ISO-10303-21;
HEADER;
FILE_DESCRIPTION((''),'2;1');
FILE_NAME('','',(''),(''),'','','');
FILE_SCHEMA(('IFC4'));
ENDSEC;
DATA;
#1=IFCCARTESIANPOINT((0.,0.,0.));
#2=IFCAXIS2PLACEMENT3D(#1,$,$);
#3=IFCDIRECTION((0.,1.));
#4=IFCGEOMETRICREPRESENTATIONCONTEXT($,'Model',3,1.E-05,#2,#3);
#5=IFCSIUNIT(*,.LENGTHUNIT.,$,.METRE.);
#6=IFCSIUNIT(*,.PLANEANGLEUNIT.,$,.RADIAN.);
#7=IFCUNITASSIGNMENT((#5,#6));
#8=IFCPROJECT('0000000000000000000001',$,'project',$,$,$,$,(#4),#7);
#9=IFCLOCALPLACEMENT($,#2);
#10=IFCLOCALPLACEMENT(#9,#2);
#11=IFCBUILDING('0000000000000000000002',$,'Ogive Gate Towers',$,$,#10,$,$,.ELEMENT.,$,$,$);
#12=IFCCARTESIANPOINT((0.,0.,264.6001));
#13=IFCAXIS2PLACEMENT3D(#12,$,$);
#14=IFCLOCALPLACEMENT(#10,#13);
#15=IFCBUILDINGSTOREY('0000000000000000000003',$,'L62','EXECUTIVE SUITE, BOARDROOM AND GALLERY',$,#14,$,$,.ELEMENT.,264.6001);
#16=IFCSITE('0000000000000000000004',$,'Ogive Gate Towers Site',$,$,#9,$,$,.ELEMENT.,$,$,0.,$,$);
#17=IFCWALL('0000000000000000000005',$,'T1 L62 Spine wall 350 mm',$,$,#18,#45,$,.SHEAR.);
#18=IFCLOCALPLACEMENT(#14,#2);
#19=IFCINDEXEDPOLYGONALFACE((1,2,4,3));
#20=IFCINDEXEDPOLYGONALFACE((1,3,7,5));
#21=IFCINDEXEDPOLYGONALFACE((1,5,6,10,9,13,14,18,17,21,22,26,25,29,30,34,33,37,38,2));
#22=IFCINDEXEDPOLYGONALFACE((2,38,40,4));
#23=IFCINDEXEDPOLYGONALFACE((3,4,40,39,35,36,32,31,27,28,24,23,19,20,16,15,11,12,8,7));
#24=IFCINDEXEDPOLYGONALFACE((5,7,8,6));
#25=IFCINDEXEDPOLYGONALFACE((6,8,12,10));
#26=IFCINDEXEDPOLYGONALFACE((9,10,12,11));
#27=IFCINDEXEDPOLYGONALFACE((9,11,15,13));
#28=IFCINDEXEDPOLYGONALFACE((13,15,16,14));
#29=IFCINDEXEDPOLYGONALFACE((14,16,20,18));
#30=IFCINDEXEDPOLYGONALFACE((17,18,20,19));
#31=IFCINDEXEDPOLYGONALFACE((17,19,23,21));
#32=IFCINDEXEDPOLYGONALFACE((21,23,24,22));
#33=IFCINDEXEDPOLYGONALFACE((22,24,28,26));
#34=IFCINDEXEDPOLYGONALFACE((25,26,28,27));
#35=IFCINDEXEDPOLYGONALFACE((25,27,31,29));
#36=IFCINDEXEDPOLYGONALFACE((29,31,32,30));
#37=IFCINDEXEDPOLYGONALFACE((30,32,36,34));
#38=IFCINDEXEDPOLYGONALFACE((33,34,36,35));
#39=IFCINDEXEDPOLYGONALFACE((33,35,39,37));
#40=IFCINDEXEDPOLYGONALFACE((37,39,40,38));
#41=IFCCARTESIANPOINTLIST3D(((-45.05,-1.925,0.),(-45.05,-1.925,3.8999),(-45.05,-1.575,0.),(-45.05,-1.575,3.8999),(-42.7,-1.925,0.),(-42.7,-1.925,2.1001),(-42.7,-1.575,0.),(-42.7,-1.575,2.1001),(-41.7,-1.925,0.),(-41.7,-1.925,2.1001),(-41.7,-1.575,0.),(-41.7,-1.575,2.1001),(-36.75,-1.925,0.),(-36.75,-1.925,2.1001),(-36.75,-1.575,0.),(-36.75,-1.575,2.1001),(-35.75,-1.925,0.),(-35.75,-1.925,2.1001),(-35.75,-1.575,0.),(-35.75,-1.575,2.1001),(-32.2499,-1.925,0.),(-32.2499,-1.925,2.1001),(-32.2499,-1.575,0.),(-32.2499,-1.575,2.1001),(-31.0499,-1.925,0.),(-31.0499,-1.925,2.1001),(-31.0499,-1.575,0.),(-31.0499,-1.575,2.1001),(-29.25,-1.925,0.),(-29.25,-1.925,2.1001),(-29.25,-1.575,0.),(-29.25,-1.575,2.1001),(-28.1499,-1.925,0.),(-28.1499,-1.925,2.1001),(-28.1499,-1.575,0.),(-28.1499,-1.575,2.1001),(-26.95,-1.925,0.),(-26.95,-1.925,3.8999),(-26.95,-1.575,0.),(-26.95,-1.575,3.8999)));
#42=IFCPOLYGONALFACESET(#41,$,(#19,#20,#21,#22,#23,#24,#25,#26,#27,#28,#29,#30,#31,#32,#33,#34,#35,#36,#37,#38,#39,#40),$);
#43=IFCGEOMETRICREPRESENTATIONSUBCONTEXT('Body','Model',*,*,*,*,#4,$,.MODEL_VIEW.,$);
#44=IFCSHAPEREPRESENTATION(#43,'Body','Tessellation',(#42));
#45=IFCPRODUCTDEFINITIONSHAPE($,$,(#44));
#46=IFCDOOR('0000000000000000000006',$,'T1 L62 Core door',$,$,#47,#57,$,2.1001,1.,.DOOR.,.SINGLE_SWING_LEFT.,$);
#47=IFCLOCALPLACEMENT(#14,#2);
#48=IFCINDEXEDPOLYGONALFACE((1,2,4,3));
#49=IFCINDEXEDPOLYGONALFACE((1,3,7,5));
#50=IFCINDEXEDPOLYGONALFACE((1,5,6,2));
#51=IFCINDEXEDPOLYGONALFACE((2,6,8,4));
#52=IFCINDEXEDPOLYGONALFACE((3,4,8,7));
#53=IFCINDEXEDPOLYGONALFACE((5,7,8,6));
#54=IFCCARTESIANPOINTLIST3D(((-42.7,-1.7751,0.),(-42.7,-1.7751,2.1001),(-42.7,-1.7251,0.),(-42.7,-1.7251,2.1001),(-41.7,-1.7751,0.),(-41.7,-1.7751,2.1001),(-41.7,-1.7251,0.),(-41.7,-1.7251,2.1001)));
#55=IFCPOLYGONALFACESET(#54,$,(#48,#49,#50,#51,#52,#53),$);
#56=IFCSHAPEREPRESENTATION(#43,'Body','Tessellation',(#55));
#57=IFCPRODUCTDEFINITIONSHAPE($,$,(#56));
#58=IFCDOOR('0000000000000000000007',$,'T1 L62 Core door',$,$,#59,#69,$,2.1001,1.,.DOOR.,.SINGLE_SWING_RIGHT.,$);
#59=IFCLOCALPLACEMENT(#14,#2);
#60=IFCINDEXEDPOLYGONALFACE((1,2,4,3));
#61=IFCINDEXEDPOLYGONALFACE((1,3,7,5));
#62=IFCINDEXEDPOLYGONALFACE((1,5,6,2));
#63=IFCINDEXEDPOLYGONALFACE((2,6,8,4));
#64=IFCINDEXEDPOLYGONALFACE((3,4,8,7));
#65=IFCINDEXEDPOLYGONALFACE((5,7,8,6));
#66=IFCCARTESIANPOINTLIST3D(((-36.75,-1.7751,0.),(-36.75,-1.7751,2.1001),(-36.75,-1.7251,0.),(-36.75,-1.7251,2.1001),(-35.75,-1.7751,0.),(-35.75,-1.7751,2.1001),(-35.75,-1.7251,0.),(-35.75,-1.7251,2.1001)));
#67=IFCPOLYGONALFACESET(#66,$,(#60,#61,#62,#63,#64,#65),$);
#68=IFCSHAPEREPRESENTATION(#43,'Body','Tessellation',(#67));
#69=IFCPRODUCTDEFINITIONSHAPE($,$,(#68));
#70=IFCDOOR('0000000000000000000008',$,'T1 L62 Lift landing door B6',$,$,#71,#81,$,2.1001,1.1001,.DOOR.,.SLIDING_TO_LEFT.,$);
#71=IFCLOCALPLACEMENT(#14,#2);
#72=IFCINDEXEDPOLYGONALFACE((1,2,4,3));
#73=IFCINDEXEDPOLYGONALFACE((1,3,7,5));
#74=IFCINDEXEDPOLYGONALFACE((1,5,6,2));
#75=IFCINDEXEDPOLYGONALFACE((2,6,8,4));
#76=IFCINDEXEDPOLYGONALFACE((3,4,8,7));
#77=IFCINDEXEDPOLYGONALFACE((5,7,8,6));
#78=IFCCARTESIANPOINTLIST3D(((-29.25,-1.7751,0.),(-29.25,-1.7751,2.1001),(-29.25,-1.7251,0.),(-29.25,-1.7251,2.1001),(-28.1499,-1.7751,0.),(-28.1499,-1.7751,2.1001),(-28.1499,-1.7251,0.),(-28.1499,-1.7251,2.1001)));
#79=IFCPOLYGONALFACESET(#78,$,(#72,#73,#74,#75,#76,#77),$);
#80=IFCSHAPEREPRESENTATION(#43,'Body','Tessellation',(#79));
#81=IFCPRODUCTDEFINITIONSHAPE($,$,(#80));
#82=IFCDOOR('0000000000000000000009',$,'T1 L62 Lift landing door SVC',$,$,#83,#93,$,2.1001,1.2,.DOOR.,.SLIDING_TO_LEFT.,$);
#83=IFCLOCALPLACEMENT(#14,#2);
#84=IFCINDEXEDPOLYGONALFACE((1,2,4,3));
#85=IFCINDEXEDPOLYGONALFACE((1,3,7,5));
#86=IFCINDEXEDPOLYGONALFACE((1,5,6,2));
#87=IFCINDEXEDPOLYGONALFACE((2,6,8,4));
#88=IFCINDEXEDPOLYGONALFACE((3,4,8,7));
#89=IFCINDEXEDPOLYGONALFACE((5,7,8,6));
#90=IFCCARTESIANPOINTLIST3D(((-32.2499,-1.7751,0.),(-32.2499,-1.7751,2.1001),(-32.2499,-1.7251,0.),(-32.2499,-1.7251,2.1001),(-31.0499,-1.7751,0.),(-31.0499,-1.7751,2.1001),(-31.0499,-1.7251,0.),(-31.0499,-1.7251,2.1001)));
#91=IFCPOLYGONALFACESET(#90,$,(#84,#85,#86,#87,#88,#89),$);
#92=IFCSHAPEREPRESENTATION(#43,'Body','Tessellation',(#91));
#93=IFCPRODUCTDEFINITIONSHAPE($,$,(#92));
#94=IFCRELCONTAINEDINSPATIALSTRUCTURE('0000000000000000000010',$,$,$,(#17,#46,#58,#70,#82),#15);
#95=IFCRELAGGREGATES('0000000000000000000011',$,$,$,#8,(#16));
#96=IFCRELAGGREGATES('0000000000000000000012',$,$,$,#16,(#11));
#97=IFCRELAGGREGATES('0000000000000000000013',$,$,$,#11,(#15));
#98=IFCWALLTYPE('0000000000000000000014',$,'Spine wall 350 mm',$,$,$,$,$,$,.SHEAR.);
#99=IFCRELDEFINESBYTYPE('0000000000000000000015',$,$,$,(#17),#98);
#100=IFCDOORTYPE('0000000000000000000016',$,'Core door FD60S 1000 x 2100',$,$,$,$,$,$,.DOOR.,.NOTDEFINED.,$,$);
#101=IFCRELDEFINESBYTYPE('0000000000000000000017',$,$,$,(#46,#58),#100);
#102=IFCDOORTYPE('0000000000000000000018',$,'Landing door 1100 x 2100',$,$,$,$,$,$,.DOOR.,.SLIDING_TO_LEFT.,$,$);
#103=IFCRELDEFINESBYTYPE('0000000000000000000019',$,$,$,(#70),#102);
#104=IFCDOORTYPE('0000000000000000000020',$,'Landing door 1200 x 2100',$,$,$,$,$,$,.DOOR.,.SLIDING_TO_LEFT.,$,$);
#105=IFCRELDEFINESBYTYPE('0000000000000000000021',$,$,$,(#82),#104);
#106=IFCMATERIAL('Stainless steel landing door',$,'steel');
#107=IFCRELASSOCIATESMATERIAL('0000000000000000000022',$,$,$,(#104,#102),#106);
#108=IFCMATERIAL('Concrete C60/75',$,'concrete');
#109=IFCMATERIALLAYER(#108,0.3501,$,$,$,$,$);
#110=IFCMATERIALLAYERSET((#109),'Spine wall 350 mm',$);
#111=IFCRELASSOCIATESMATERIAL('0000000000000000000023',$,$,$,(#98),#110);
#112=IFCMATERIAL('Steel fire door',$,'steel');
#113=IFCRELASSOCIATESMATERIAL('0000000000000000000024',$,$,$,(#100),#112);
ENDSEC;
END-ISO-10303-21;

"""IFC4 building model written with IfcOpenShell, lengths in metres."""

from ifc_helpers import new_model, si_unit, direction, frame, frame_2d, origin, place, context, subcontext, project, spatial, rectangle, extrude, material, layer, layer_set, type_object, element, fill, save


model = new_model("IFC4")

# Units and contexts
model_context = context("Model", 3, precision=1e-05, world=origin(), true_north=direction((0.0, 1.0)))
body_context = subcontext(model_context, "Body", "Model", "MODEL_VIEW")
ifc_project = project(units=[si_unit("LENGTHUNIT", "METRE"), si_unit("PLANEANGLEUNIT", "RADIAN")], contexts=[model_context])

# Site, building, storey
site_placement = place(None, origin())
site = spatial("IfcSite", under=ifc_project, at=site_placement, Name="Ogive Gate Towers Site", CompositionType="ELEMENT", RefElevation=0.0)
building_placement = place(site_placement, origin())
building = spatial("IfcBuilding", under=site, at=building_placement, Name="Ogive Gate Towers", CompositionType="ELEMENT")
storey_placement = place(building_placement, frame((0.0, 0.0, 264.6001)))
storey = spatial("IfcBuildingStorey", under=building, at=storey_placement, Name="L62", Description="EXECUTIVE SUITE, BOARDROOM AND GALLERY", CompositionType="ELEMENT", Elevation=264.6001)

# Shared definitions
ifc_material_1 = material(Name="Concrete C60/75", Category="concrete")

# Shared definitions
ifc_material_2 = material(Name="Stainless steel landing door", Category="steel")
door_type_1 = type_object("IfcDoorType", Name="Landing door 1200 x 2100", OperationType="SLIDING_TO_LEFT", PredefinedType="DOOR", material=ifc_material_2)

# Wall, openings, doors
ifc_layer_1 = layer(ifc_material_1, 0.3501)
ifc_layer_set_1 = layer_set([ifc_layer_1], Name="Spine wall 350 mm")
wall_type_1 = type_object("IfcWallType", Name="Spine wall 350 mm", PredefinedType="SHEAR", material=ifc_layer_set_1)
wall_1_placement = place(storey_placement, frame((-45.05, -1.75, 0.0), z_axis=(0.0, 0.0, 1.0), x_axis=(1.0, 0.0, 0.0)))
wall_1 = element("IfcWall", 1, at=wall_1_placement, inside=storey, type_object=wall_type_1, Name="T1 L62 Spine wall 350 mm", PredefinedType="SHEAR", context=body_context, shape_type="SweptSolid", body=[
    extrude(rectangle(XDim=18.1001, YDim=0.3501, at=frame_2d((9.05, 0.0))), origin(), (0.0, 0.0, 1.0), 3.8999),
])
opening_1_placement = place(wall_1_placement, frame((12.8, 0.0, 0.0)))
opening_1 = element("IfcOpeningElement", 2, at=opening_1_placement, cuts=wall_1, PredefinedType="OPENING", context=body_context, shape_type="SweptSolid", body=[
    extrude(rectangle(XDim=1.2, YDim=2.1001, at=frame_2d((0.6001, 1.05))), frame((0.0, 0.1851, 0.0), z_axis=(0.0, -1.0, 0.0), x_axis=(1.0, 0.0, 0.0)), (0.0, 0.0, 1.0), 0.3701),
])
opening_2_placement = place(wall_1_placement, frame((15.8, 0.0, 0.0)))
opening_2 = element("IfcOpeningElement", 3, at=opening_2_placement, cuts=wall_1, PredefinedType="OPENING", context=body_context, shape_type="SweptSolid", body=[
    extrude(rectangle(XDim=1.1001, YDim=2.1001, at=frame_2d((0.55, 1.05))), frame((0.0, 0.1851, 0.0), z_axis=(0.0, -1.0, 0.0), x_axis=(1.0, 0.0, 0.0)), (0.0, 0.0, 1.0), 0.3701),
])
opening_3_placement = place(wall_1_placement, frame((2.3501, 0.0, 0.0)))
opening_3 = element("IfcOpeningElement", 4, at=opening_3_placement, cuts=wall_1, PredefinedType="OPENING", context=body_context, shape_type="SweptSolid", body=[
    extrude(rectangle(XDim=1.0, YDim=2.1001, at=frame_2d((0.5, 1.05))), frame((0.0, 0.1851, 0.0), z_axis=(0.0, -1.0, 0.0), x_axis=(1.0, 0.0, 0.0)), (0.0, 0.0, 1.0), 0.3701),
])
opening_4_placement = place(wall_1_placement, frame((8.3, 0.0, 0.0)))
opening_4 = element("IfcOpeningElement", 5, at=opening_4_placement, cuts=wall_1, PredefinedType="OPENING", context=body_context, shape_type="SweptSolid", body=[
    extrude(rectangle(XDim=1.0, YDim=2.1001, at=frame_2d((0.5, 1.05))), frame((0.0, 0.1851, 0.0), z_axis=(0.0, -1.0, 0.0), x_axis=(1.0, 0.0, 0.0)), (0.0, 0.0, 1.0), 0.3701),
])
ifc_material_3 = material(Name="Steel fire door", Category="steel")
door_type_2 = type_object("IfcDoorType", Name="Core door FD60S 1000 x 2100", OperationType="NOTDEFINED", PredefinedType="DOOR", material=ifc_material_3)
door_1_placement = place(opening_3_placement, origin())
door_1 = element("IfcDoor", 6, at=door_1_placement, inside=storey, type_object=door_type_2, Name="T1 L62 Core door", OperationType="SINGLE_SWING_LEFT", OverallHeight=2.1001, OverallWidth=1.0, PredefinedType="DOOR", context=body_context, shape_type="SweptSolid", body=[
    extrude(rectangle(XDim=1.0, YDim=2.1001, at=frame_2d((0.5, 1.05))), frame((0.0, 0.0249, 0.0), z_axis=(0.0, -1.0, 0.0), x_axis=(1.0, 0.0, 0.0)), (0.0, 0.0, 1.0), 0.05),
])
fill(opening_3, door_1)
door_2_placement = place(opening_4_placement, origin())
door_2 = element("IfcDoor", 7, at=door_2_placement, inside=storey, type_object=door_type_2, Name="T1 L62 Core door", OperationType="SINGLE_SWING_RIGHT", OverallHeight=2.1001, OverallWidth=1.0, PredefinedType="DOOR", context=body_context, shape_type="SweptSolid", body=[
    extrude(rectangle(XDim=1.0, YDim=2.1001, at=frame_2d((0.5, 1.05))), frame((0.0, 0.0249, 0.0), z_axis=(0.0, -1.0, 0.0), x_axis=(1.0, 0.0, 0.0)), (0.0, 0.0, 1.0), 0.05),
])
fill(opening_4, door_2)
door_type_3 = type_object("IfcDoorType", Name="Landing door 1100 x 2100", OperationType="SLIDING_TO_LEFT", PredefinedType="DOOR", material=ifc_material_2)
door_3_placement = place(opening_2_placement, origin())
door_3 = element("IfcDoor", 8, at=door_3_placement, inside=storey, type_object=door_type_3, Name="T1 L62 Lift landing door B6", OperationType="SLIDING_TO_LEFT", OverallHeight=2.1001, OverallWidth=1.1001, PredefinedType="DOOR", context=body_context, shape_type="SweptSolid", body=[
    extrude(rectangle(XDim=1.1001, YDim=2.1001, at=frame_2d((0.55, 1.05))), frame((0.0, 0.0249, 0.0), z_axis=(0.0, -1.0, 0.0), x_axis=(1.0, 0.0, 0.0)), (0.0, 0.0, 1.0), 0.05),
])
fill(opening_2, door_3)
door_4_placement = place(opening_1_placement, origin())
door_4 = element("IfcDoor", 9, at=door_4_placement, inside=storey, type_object=door_type_1, Name="T1 L62 Lift landing door SVC", OperationType="SLIDING_TO_LEFT", OverallHeight=2.1001, OverallWidth=1.2, PredefinedType="DOOR", context=body_context, shape_type="SweptSolid", body=[
    extrude(rectangle(XDim=1.2, YDim=2.1001, at=frame_2d((0.6001, 1.05))), frame((0.0, 0.0249, 0.0), z_axis=(0.0, -1.0, 0.0), x_axis=(1.0, 0.0, 0.0)), (0.0, 0.0, 1.0), 0.05),
])
fill(opening_1, door_4)

save(model, "model.ifc")
